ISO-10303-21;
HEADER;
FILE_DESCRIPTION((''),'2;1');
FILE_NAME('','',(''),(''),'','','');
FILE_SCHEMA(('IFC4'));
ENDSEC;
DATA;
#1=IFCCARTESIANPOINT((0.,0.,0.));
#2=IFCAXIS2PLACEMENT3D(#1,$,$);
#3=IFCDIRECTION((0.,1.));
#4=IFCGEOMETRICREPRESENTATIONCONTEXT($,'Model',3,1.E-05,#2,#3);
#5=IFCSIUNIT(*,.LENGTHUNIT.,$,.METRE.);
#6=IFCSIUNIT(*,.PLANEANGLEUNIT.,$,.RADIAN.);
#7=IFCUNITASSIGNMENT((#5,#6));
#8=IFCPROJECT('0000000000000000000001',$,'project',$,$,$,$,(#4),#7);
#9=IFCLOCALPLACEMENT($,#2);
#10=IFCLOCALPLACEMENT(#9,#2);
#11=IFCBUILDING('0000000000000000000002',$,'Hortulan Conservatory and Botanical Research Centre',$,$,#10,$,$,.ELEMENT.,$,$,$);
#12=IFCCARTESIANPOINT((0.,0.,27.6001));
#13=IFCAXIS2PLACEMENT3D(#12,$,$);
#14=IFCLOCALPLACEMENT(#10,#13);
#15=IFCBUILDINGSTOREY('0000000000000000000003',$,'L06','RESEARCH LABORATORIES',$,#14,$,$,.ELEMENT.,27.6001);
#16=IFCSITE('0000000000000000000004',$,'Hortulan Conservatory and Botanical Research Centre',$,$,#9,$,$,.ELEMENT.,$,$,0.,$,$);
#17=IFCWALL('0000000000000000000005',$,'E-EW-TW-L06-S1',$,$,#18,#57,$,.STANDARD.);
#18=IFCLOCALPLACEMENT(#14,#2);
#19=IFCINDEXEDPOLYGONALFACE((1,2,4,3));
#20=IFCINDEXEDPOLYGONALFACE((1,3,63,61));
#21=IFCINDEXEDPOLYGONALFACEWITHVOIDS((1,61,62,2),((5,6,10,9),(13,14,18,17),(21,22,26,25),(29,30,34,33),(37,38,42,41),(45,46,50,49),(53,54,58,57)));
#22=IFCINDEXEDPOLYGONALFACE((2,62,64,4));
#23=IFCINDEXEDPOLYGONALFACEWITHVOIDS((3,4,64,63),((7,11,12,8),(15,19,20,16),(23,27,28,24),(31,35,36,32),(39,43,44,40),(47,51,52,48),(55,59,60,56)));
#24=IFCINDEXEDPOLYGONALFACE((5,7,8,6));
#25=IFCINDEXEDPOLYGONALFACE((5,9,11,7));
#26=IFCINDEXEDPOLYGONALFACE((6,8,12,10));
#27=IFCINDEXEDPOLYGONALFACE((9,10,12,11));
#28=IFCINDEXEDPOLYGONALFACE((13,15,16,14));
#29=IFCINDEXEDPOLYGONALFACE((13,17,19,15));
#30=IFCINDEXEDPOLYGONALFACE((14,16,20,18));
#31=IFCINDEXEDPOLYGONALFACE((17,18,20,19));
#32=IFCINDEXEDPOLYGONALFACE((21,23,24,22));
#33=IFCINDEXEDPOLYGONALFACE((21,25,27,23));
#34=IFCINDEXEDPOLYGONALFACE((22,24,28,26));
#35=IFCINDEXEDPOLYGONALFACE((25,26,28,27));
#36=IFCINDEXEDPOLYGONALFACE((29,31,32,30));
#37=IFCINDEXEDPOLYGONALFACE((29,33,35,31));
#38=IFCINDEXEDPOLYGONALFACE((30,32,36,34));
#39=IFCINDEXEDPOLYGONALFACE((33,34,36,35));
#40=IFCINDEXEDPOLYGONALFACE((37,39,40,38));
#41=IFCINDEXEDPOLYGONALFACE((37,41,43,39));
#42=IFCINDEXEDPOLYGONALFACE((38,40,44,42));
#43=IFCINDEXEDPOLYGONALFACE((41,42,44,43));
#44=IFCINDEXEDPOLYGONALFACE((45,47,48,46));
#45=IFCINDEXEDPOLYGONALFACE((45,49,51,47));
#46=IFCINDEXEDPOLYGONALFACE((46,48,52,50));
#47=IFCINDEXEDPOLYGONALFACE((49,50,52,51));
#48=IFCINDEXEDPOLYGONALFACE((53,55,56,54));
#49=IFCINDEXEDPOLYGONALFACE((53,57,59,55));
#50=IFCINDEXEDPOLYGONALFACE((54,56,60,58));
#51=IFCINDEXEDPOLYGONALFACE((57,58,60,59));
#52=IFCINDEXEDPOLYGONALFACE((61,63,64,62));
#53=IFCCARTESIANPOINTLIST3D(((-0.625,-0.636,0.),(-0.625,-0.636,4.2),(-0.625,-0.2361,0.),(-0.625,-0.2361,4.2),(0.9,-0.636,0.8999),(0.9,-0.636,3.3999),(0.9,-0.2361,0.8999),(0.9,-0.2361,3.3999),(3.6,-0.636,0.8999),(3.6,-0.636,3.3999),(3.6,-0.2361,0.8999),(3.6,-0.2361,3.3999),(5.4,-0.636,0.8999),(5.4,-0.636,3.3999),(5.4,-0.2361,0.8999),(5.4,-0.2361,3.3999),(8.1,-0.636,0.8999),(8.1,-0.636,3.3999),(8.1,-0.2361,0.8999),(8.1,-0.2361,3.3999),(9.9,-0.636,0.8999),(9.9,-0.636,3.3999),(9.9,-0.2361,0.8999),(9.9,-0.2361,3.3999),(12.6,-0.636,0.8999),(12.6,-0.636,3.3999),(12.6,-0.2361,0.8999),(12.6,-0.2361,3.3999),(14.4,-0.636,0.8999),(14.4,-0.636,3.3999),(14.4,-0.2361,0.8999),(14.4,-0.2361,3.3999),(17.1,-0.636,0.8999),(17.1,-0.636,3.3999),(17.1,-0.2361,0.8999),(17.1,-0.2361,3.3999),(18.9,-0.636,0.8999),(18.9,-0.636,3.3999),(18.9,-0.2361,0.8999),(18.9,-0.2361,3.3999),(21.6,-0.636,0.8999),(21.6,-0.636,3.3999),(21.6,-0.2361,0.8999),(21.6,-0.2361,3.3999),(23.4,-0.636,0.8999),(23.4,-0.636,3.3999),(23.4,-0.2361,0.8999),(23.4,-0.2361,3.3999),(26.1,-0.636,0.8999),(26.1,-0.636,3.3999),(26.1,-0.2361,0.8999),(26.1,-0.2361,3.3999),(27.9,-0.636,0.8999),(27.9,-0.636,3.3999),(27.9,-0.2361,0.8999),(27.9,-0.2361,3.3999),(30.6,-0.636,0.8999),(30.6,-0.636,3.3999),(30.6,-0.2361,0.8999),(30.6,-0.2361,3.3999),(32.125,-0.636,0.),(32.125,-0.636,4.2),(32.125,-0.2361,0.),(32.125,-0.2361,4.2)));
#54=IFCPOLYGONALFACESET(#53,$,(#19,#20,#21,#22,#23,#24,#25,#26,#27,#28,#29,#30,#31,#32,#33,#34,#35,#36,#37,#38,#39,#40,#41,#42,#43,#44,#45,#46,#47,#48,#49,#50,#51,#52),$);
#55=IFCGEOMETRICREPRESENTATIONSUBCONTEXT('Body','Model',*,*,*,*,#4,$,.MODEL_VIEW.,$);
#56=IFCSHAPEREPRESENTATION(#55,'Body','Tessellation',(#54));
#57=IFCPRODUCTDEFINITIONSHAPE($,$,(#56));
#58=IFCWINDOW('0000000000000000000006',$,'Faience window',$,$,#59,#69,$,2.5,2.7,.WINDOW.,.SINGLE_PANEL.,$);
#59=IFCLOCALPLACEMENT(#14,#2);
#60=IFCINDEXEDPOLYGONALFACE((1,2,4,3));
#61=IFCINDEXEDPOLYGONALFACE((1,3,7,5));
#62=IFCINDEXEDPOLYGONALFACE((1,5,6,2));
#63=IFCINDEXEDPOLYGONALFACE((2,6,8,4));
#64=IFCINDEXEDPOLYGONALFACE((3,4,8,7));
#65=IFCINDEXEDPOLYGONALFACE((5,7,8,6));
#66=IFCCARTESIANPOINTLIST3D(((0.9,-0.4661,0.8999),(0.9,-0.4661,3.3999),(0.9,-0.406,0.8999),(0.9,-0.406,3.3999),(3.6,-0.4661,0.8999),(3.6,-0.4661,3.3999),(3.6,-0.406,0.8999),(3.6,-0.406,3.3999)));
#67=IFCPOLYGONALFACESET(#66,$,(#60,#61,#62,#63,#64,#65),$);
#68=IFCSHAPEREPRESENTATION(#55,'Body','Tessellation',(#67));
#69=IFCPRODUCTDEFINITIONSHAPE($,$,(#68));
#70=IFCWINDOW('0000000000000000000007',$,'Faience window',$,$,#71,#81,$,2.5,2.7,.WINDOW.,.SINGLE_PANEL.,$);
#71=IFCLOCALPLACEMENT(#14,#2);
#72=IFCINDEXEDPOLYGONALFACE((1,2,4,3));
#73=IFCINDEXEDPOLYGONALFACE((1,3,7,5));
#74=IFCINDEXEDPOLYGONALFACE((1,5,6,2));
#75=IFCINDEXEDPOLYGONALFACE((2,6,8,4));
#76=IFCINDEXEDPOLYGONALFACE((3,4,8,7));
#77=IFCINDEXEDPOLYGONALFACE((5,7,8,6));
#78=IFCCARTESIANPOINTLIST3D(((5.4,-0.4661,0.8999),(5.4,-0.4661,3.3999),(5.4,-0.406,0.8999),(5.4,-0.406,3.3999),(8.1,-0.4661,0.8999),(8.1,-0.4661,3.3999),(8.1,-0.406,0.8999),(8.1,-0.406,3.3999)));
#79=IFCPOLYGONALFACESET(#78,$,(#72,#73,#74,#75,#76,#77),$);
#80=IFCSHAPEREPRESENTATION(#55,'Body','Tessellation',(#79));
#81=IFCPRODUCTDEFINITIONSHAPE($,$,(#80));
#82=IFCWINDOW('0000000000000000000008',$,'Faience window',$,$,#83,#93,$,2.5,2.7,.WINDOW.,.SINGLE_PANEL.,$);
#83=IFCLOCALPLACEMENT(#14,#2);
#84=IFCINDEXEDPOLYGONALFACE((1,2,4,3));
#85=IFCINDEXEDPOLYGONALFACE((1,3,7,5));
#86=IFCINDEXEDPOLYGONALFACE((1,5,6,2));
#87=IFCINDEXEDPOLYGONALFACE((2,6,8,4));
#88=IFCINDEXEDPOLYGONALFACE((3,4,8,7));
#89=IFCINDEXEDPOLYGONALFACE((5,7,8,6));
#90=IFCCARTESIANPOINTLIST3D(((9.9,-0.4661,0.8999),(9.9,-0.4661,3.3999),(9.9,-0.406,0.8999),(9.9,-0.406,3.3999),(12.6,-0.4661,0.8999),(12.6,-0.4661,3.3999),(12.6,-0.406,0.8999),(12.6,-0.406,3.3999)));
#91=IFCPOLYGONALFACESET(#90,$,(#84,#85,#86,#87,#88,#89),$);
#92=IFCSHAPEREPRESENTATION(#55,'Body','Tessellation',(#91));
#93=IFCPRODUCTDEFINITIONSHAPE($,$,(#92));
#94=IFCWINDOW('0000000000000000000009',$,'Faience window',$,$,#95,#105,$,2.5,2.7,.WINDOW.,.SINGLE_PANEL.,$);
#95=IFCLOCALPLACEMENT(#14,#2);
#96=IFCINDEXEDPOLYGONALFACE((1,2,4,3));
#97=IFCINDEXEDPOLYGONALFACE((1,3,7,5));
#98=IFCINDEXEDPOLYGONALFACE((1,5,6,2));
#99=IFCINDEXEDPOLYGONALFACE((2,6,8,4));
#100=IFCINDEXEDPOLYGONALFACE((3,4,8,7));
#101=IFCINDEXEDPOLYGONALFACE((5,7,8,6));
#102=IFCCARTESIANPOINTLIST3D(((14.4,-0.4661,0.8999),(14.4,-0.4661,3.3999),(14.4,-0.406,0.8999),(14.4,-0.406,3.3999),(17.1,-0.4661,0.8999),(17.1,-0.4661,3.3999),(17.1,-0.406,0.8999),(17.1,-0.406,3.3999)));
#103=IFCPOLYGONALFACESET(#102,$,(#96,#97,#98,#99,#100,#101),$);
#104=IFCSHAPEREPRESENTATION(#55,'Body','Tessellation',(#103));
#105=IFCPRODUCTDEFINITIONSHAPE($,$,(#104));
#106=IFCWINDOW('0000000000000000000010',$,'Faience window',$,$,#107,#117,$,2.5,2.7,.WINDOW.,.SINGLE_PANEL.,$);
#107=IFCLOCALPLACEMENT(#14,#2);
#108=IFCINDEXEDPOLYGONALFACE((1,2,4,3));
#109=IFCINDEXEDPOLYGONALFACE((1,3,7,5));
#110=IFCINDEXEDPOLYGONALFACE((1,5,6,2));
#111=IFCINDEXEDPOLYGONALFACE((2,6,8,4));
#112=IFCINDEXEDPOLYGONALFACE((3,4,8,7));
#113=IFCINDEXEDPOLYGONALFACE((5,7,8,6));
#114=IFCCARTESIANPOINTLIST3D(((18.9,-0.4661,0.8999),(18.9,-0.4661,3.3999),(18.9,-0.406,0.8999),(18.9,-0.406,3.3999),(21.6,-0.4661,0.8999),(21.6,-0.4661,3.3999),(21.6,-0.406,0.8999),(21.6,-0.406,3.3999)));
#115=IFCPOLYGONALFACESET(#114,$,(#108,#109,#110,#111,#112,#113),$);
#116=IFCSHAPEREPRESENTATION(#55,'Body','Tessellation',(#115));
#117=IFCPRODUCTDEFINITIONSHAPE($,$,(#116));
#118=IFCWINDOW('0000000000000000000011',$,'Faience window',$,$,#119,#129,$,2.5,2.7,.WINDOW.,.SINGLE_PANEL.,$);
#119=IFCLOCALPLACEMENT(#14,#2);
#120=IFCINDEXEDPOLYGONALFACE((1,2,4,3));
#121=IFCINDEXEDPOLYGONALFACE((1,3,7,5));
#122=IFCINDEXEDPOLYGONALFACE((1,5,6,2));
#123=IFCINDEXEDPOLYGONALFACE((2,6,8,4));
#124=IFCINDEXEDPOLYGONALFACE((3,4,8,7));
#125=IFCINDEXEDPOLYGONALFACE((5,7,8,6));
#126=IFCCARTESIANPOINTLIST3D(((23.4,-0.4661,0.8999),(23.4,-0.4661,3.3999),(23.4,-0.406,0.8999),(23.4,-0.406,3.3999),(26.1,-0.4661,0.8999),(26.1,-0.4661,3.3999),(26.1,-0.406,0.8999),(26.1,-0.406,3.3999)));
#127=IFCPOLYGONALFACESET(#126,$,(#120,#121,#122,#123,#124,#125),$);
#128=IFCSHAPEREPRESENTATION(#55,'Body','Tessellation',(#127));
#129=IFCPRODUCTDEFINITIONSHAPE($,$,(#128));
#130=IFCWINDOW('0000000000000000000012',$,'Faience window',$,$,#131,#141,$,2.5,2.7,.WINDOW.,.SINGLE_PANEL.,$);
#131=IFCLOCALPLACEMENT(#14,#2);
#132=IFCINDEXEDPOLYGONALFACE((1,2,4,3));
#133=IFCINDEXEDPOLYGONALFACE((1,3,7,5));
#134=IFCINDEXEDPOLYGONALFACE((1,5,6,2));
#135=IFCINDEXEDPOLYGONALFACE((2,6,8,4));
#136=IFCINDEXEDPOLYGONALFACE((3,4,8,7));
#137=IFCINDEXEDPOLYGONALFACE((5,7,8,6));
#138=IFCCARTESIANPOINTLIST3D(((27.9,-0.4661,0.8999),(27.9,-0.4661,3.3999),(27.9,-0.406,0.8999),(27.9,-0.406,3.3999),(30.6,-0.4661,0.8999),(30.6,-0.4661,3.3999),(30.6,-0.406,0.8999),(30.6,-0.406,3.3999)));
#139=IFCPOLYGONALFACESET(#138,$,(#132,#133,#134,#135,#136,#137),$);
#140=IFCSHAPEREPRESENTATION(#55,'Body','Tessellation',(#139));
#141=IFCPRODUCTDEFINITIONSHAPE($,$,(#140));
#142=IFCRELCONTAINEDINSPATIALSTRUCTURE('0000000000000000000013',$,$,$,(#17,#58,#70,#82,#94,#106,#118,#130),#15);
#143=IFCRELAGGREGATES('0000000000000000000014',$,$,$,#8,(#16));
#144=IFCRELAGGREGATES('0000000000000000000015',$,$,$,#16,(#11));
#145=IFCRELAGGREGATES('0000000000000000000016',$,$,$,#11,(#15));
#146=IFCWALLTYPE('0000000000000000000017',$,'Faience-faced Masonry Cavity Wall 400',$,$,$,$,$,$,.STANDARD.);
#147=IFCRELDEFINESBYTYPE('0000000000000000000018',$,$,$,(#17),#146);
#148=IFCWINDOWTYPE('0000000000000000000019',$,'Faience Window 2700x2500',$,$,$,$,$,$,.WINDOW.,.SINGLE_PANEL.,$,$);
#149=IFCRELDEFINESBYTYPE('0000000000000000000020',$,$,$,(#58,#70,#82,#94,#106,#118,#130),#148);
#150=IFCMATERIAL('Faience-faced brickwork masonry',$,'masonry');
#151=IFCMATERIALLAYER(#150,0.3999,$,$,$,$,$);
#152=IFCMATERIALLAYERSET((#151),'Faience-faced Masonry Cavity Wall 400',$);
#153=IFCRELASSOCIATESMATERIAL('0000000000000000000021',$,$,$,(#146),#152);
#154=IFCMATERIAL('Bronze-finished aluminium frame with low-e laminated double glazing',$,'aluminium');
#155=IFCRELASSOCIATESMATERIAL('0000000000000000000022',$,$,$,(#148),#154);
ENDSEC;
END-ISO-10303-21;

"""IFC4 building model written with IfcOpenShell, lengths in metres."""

from ifc_helpers import new_model, si_unit, direction, frame, frame_2d, origin, place, context, subcontext, project, spatial, rectangle, extrude, material, layer, layer_set, type_object, element, fill, save


model = new_model("IFC4")

# Units and contexts
model_context = context("Model", 3, precision=1e-05, world=origin(), true_north=direction((0.0, 1.0)))
body_context = subcontext(model_context, "Body", "Model", "MODEL_VIEW")
ifc_project = project(units=[si_unit("LENGTHUNIT", "METRE"), si_unit("PLANEANGLEUNIT", "RADIAN")], contexts=[model_context])

# Site, building, storey
site_placement = place(None, origin())
site = spatial("IfcSite", under=ifc_project, at=site_placement, Name="Hortulan Conservatory and Botanical Research Centre", CompositionType="ELEMENT", RefElevation=0.0)
building_placement = place(site_placement, origin())
building = spatial("IfcBuilding", under=site, at=building_placement, Name="Hortulan Conservatory and Botanical Research Centre", CompositionType="ELEMENT")
storey_placement = place(building_placement, frame((0.0, 0.0, 27.6001)))
storey = spatial("IfcBuildingStorey", under=building, at=storey_placement, Name="L06", Description="RESEARCH LABORATORIES", CompositionType="ELEMENT", Elevation=27.6001)

# Wall, openings, windows
ifc_material_1 = material(Name="Faience-faced brickwork masonry", Category="masonry")
ifc_layer_1 = layer(ifc_material_1, 0.3999)
ifc_layer_set_1 = layer_set([ifc_layer_1], Name="Faience-faced Masonry Cavity Wall 400")
wall_type_1 = type_object("IfcWallType", Name="Faience-faced Masonry Cavity Wall 400", PredefinedType="STANDARD", material=ifc_layer_set_1)
wall_1_placement = place(storey_placement, frame((32.125, -0.436, 0.0), z_axis=(0.0, 0.0, 1.0), x_axis=(-1.0, 0.0, 0.0)))
wall_1 = element("IfcWall", 1, at=wall_1_placement, inside=storey, type_object=wall_type_1, Name="E-EW-TW-L06-S1", PredefinedType="STANDARD", context=body_context, shape_type="SweptSolid", body=[
    extrude(rectangle(XDim=32.75, YDim=0.3999, at=frame_2d((16.375, 0.0))), origin(), (0.0, 0.0, 1.0), 4.2),
])
opening_1_placement = place(wall_1_placement, frame((28.5249, 0.0, 0.8999)))
opening_1 = element("IfcOpeningElement", 2, at=opening_1_placement, cuts=wall_1, PredefinedType="OPENING", context=body_context, shape_type="SweptSolid", body=[
    extrude(rectangle(XDim=2.7, YDim=2.5, at=frame_2d((1.3501, 1.25))), frame((0.0, 0.21, 0.0), z_axis=(0.0, -1.0, 0.0), x_axis=(1.0, 0.0, 0.0)), (0.0, 0.0, 1.0), 0.4199),
])
opening_2_placement = place(wall_1_placement, frame((24.0249, 0.0, 0.8999)))
opening_2 = element("IfcOpeningElement", 3, at=opening_2_placement, cuts=wall_1, PredefinedType="OPENING", context=body_context, shape_type="SweptSolid", body=[
    extrude(rectangle(XDim=2.7, YDim=2.5, at=frame_2d((1.3501, 1.25))), frame((0.0, 0.21, 0.0), z_axis=(0.0, -1.0, 0.0), x_axis=(1.0, 0.0, 0.0)), (0.0, 0.0, 1.0), 0.4199),
])
opening_3_placement = place(wall_1_placement, frame((19.5249, 0.0, 0.8999)))
opening_3 = element("IfcOpeningElement", 4, at=opening_3_placement, cuts=wall_1, PredefinedType="OPENING", context=body_context, shape_type="SweptSolid", body=[
    extrude(rectangle(XDim=2.7, YDim=2.5, at=frame_2d((1.3501, 1.25))), frame((0.0, 0.21, 0.0), z_axis=(0.0, -1.0, 0.0), x_axis=(1.0, 0.0, 0.0)), (0.0, 0.0, 1.0), 0.4199),
])
opening_4_placement = place(wall_1_placement, frame((15.0249, 0.0, 0.8999)))
opening_4 = element("IfcOpeningElement", 5, at=opening_4_placement, cuts=wall_1, PredefinedType="OPENING", context=body_context, shape_type="SweptSolid", body=[
    extrude(rectangle(XDim=2.7, YDim=2.5, at=frame_2d((1.3501, 1.25))), frame((0.0, 0.21, 0.0), z_axis=(0.0, -1.0, 0.0), x_axis=(1.0, 0.0, 0.0)), (0.0, 0.0, 1.0), 0.4199),
])
opening_5_placement = place(wall_1_placement, frame((10.5249, 0.0, 0.8999)))
opening_5 = element("IfcOpeningElement", 6, at=opening_5_placement, cuts=wall_1, PredefinedType="OPENING", context=body_context, shape_type="SweptSolid", body=[
    extrude(rectangle(XDim=2.7, YDim=2.5, at=frame_2d((1.3501, 1.25))), frame((0.0, 0.21, 0.0), z_axis=(0.0, -1.0, 0.0), x_axis=(1.0, 0.0, 0.0)), (0.0, 0.0, 1.0), 0.4199),
])
opening_6_placement = place(wall_1_placement, frame((6.0249, 0.0, 0.8999)))
opening_6 = element("IfcOpeningElement", 7, at=opening_6_placement, cuts=wall_1, PredefinedType="OPENING", context=body_context, shape_type="SweptSolid", body=[
    extrude(rectangle(XDim=2.7, YDim=2.5, at=frame_2d((1.3501, 1.25))), frame((0.0, 0.21, 0.0), z_axis=(0.0, -1.0, 0.0), x_axis=(1.0, 0.0, 0.0)), (0.0, 0.0, 1.0), 0.4199),
])
opening_7_placement = place(wall_1_placement, frame((1.5249, 0.0, 0.8999)))
opening_7 = element("IfcOpeningElement", 8, at=opening_7_placement, cuts=wall_1, PredefinedType="OPENING", context=body_context, shape_type="SweptSolid", body=[
    extrude(rectangle(XDim=2.7, YDim=2.5, at=frame_2d((1.3501, 1.25))), frame((0.0, 0.21, 0.0), z_axis=(0.0, -1.0, 0.0), x_axis=(1.0, 0.0, 0.0)), (0.0, 0.0, 1.0), 0.4199),
])
ifc_material_2 = material(Name="Bronze-finished aluminium frame with low-e laminated double glazing", Category="aluminium")
window_type = type_object("IfcWindowType", Name="Faience Window 2700x2500", PartitioningType="SINGLE_PANEL", PredefinedType="WINDOW", material=ifc_material_2)
window_1_placement = place(opening_1_placement, origin())
window_1 = element("IfcWindow", 9, at=window_1_placement, inside=storey, type_object=window_type, Name="Faience window", OverallHeight=2.5, OverallWidth=2.7, PartitioningType="SINGLE_PANEL", PredefinedType="WINDOW", context=body_context, shape_type="SweptSolid", body=[
    extrude(rectangle(XDim=2.7, YDim=2.5, at=frame_2d((1.3501, 1.25))), frame((0.0, 0.03, 0.0), z_axis=(0.0, -1.0, 0.0), x_axis=(1.0, 0.0, 0.0)), (0.0, 0.0, 1.0), 0.0601),
])
fill(opening_1, window_1)
window_2_placement = place(opening_2_placement, origin())
window_2 = element("IfcWindow", 10, at=window_2_placement, inside=storey, type_object=window_type, Name="Faience window", OverallHeight=2.5, OverallWidth=2.7, PartitioningType="SINGLE_PANEL", PredefinedType="WINDOW", context=body_context, shape_type="SweptSolid", body=[
    extrude(rectangle(XDim=2.7, YDim=2.5, at=frame_2d((1.3501, 1.25))), frame((0.0, 0.03, 0.0), z_axis=(0.0, -1.0, 0.0), x_axis=(1.0, 0.0, 0.0)), (0.0, 0.0, 1.0), 0.0601),
])
fill(opening_2, window_2)
window_3_placement = place(opening_3_placement, origin())
window_3 = element("IfcWindow", 11, at=window_3_placement, inside=storey, type_object=window_type, Name="Faience window", OverallHeight=2.5, OverallWidth=2.7, PartitioningType="SINGLE_PANEL", PredefinedType="WINDOW", context=body_context, shape_type="SweptSolid", body=[
    extrude(rectangle(XDim=2.7, YDim=2.5, at=frame_2d((1.3501, 1.25))), frame((0.0, 0.03, 0.0), z_axis=(0.0, -1.0, 0.0), x_axis=(1.0, 0.0, 0.0)), (0.0, 0.0, 1.0), 0.0601),
])
fill(opening_3, window_3)
window_4_placement = place(opening_4_placement, origin())
window_4 = element("IfcWindow", 12, at=window_4_placement, inside=storey, type_object=window_type, Name="Faience window", OverallHeight=2.5, OverallWidth=2.7, PartitioningType="SINGLE_PANEL", PredefinedType="WINDOW", context=body_context, shape_type="SweptSolid", body=[
    extrude(rectangle(XDim=2.7, YDim=2.5, at=frame_2d((1.3501, 1.25))), frame((0.0, 0.03, 0.0), z_axis=(0.0, -1.0, 0.0), x_axis=(1.0, 0.0, 0.0)), (0.0, 0.0, 1.0), 0.0601),
])
fill(opening_4, window_4)
window_5_placement = place(opening_5_placement, origin())
window_5 = element("IfcWindow", 13, at=window_5_placement, inside=storey, type_object=window_type, Name="Faience window", OverallHeight=2.5, OverallWidth=2.7, PartitioningType="SINGLE_PANEL", PredefinedType="WINDOW", context=body_context, shape_type="SweptSolid", body=[
    extrude(rectangle(XDim=2.7, YDim=2.5, at=frame_2d((1.3501, 1.25))), frame((0.0, 0.03, 0.0), z_axis=(0.0, -1.0, 0.0), x_axis=(1.0, 0.0, 0.0)), (0.0, 0.0, 1.0), 0.0601),
])
fill(opening_5, window_5)
window_6_placement = place(opening_6_placement, origin())
window_6 = element("IfcWindow", 14, at=window_6_placement, inside=storey, type_object=window_type, Name="Faience window", OverallHeight=2.5, OverallWidth=2.7, PartitioningType="SINGLE_PANEL", PredefinedType="WINDOW", context=body_context, shape_type="SweptSolid", body=[
    extrude(rectangle(XDim=2.7, YDim=2.5, at=frame_2d((1.3501, 1.25))), frame((0.0, 0.03, 0.0), z_axis=(0.0, -1.0, 0.0), x_axis=(1.0, 0.0, 0.0)), (0.0, 0.0, 1.0), 0.0601),
])
fill(opening_6, window_6)
window_7_placement = place(opening_7_placement, origin())
window_7 = element("IfcWindow", 15, at=window_7_placement, inside=storey, type_object=window_type, Name="Faience window", OverallHeight=2.5, OverallWidth=2.7, PartitioningType="SINGLE_PANEL", PredefinedType="WINDOW", context=body_context, shape_type="SweptSolid", body=[
    extrude(rectangle(XDim=2.7, YDim=2.5, at=frame_2d((1.3501, 1.25))), frame((0.0, 0.03, 0.0), z_axis=(0.0, -1.0, 0.0), x_axis=(1.0, 0.0, 0.0)), (0.0, 0.0, 1.0), 0.0601),
])
fill(opening_7, window_7)

save(model, "model.ifc")
